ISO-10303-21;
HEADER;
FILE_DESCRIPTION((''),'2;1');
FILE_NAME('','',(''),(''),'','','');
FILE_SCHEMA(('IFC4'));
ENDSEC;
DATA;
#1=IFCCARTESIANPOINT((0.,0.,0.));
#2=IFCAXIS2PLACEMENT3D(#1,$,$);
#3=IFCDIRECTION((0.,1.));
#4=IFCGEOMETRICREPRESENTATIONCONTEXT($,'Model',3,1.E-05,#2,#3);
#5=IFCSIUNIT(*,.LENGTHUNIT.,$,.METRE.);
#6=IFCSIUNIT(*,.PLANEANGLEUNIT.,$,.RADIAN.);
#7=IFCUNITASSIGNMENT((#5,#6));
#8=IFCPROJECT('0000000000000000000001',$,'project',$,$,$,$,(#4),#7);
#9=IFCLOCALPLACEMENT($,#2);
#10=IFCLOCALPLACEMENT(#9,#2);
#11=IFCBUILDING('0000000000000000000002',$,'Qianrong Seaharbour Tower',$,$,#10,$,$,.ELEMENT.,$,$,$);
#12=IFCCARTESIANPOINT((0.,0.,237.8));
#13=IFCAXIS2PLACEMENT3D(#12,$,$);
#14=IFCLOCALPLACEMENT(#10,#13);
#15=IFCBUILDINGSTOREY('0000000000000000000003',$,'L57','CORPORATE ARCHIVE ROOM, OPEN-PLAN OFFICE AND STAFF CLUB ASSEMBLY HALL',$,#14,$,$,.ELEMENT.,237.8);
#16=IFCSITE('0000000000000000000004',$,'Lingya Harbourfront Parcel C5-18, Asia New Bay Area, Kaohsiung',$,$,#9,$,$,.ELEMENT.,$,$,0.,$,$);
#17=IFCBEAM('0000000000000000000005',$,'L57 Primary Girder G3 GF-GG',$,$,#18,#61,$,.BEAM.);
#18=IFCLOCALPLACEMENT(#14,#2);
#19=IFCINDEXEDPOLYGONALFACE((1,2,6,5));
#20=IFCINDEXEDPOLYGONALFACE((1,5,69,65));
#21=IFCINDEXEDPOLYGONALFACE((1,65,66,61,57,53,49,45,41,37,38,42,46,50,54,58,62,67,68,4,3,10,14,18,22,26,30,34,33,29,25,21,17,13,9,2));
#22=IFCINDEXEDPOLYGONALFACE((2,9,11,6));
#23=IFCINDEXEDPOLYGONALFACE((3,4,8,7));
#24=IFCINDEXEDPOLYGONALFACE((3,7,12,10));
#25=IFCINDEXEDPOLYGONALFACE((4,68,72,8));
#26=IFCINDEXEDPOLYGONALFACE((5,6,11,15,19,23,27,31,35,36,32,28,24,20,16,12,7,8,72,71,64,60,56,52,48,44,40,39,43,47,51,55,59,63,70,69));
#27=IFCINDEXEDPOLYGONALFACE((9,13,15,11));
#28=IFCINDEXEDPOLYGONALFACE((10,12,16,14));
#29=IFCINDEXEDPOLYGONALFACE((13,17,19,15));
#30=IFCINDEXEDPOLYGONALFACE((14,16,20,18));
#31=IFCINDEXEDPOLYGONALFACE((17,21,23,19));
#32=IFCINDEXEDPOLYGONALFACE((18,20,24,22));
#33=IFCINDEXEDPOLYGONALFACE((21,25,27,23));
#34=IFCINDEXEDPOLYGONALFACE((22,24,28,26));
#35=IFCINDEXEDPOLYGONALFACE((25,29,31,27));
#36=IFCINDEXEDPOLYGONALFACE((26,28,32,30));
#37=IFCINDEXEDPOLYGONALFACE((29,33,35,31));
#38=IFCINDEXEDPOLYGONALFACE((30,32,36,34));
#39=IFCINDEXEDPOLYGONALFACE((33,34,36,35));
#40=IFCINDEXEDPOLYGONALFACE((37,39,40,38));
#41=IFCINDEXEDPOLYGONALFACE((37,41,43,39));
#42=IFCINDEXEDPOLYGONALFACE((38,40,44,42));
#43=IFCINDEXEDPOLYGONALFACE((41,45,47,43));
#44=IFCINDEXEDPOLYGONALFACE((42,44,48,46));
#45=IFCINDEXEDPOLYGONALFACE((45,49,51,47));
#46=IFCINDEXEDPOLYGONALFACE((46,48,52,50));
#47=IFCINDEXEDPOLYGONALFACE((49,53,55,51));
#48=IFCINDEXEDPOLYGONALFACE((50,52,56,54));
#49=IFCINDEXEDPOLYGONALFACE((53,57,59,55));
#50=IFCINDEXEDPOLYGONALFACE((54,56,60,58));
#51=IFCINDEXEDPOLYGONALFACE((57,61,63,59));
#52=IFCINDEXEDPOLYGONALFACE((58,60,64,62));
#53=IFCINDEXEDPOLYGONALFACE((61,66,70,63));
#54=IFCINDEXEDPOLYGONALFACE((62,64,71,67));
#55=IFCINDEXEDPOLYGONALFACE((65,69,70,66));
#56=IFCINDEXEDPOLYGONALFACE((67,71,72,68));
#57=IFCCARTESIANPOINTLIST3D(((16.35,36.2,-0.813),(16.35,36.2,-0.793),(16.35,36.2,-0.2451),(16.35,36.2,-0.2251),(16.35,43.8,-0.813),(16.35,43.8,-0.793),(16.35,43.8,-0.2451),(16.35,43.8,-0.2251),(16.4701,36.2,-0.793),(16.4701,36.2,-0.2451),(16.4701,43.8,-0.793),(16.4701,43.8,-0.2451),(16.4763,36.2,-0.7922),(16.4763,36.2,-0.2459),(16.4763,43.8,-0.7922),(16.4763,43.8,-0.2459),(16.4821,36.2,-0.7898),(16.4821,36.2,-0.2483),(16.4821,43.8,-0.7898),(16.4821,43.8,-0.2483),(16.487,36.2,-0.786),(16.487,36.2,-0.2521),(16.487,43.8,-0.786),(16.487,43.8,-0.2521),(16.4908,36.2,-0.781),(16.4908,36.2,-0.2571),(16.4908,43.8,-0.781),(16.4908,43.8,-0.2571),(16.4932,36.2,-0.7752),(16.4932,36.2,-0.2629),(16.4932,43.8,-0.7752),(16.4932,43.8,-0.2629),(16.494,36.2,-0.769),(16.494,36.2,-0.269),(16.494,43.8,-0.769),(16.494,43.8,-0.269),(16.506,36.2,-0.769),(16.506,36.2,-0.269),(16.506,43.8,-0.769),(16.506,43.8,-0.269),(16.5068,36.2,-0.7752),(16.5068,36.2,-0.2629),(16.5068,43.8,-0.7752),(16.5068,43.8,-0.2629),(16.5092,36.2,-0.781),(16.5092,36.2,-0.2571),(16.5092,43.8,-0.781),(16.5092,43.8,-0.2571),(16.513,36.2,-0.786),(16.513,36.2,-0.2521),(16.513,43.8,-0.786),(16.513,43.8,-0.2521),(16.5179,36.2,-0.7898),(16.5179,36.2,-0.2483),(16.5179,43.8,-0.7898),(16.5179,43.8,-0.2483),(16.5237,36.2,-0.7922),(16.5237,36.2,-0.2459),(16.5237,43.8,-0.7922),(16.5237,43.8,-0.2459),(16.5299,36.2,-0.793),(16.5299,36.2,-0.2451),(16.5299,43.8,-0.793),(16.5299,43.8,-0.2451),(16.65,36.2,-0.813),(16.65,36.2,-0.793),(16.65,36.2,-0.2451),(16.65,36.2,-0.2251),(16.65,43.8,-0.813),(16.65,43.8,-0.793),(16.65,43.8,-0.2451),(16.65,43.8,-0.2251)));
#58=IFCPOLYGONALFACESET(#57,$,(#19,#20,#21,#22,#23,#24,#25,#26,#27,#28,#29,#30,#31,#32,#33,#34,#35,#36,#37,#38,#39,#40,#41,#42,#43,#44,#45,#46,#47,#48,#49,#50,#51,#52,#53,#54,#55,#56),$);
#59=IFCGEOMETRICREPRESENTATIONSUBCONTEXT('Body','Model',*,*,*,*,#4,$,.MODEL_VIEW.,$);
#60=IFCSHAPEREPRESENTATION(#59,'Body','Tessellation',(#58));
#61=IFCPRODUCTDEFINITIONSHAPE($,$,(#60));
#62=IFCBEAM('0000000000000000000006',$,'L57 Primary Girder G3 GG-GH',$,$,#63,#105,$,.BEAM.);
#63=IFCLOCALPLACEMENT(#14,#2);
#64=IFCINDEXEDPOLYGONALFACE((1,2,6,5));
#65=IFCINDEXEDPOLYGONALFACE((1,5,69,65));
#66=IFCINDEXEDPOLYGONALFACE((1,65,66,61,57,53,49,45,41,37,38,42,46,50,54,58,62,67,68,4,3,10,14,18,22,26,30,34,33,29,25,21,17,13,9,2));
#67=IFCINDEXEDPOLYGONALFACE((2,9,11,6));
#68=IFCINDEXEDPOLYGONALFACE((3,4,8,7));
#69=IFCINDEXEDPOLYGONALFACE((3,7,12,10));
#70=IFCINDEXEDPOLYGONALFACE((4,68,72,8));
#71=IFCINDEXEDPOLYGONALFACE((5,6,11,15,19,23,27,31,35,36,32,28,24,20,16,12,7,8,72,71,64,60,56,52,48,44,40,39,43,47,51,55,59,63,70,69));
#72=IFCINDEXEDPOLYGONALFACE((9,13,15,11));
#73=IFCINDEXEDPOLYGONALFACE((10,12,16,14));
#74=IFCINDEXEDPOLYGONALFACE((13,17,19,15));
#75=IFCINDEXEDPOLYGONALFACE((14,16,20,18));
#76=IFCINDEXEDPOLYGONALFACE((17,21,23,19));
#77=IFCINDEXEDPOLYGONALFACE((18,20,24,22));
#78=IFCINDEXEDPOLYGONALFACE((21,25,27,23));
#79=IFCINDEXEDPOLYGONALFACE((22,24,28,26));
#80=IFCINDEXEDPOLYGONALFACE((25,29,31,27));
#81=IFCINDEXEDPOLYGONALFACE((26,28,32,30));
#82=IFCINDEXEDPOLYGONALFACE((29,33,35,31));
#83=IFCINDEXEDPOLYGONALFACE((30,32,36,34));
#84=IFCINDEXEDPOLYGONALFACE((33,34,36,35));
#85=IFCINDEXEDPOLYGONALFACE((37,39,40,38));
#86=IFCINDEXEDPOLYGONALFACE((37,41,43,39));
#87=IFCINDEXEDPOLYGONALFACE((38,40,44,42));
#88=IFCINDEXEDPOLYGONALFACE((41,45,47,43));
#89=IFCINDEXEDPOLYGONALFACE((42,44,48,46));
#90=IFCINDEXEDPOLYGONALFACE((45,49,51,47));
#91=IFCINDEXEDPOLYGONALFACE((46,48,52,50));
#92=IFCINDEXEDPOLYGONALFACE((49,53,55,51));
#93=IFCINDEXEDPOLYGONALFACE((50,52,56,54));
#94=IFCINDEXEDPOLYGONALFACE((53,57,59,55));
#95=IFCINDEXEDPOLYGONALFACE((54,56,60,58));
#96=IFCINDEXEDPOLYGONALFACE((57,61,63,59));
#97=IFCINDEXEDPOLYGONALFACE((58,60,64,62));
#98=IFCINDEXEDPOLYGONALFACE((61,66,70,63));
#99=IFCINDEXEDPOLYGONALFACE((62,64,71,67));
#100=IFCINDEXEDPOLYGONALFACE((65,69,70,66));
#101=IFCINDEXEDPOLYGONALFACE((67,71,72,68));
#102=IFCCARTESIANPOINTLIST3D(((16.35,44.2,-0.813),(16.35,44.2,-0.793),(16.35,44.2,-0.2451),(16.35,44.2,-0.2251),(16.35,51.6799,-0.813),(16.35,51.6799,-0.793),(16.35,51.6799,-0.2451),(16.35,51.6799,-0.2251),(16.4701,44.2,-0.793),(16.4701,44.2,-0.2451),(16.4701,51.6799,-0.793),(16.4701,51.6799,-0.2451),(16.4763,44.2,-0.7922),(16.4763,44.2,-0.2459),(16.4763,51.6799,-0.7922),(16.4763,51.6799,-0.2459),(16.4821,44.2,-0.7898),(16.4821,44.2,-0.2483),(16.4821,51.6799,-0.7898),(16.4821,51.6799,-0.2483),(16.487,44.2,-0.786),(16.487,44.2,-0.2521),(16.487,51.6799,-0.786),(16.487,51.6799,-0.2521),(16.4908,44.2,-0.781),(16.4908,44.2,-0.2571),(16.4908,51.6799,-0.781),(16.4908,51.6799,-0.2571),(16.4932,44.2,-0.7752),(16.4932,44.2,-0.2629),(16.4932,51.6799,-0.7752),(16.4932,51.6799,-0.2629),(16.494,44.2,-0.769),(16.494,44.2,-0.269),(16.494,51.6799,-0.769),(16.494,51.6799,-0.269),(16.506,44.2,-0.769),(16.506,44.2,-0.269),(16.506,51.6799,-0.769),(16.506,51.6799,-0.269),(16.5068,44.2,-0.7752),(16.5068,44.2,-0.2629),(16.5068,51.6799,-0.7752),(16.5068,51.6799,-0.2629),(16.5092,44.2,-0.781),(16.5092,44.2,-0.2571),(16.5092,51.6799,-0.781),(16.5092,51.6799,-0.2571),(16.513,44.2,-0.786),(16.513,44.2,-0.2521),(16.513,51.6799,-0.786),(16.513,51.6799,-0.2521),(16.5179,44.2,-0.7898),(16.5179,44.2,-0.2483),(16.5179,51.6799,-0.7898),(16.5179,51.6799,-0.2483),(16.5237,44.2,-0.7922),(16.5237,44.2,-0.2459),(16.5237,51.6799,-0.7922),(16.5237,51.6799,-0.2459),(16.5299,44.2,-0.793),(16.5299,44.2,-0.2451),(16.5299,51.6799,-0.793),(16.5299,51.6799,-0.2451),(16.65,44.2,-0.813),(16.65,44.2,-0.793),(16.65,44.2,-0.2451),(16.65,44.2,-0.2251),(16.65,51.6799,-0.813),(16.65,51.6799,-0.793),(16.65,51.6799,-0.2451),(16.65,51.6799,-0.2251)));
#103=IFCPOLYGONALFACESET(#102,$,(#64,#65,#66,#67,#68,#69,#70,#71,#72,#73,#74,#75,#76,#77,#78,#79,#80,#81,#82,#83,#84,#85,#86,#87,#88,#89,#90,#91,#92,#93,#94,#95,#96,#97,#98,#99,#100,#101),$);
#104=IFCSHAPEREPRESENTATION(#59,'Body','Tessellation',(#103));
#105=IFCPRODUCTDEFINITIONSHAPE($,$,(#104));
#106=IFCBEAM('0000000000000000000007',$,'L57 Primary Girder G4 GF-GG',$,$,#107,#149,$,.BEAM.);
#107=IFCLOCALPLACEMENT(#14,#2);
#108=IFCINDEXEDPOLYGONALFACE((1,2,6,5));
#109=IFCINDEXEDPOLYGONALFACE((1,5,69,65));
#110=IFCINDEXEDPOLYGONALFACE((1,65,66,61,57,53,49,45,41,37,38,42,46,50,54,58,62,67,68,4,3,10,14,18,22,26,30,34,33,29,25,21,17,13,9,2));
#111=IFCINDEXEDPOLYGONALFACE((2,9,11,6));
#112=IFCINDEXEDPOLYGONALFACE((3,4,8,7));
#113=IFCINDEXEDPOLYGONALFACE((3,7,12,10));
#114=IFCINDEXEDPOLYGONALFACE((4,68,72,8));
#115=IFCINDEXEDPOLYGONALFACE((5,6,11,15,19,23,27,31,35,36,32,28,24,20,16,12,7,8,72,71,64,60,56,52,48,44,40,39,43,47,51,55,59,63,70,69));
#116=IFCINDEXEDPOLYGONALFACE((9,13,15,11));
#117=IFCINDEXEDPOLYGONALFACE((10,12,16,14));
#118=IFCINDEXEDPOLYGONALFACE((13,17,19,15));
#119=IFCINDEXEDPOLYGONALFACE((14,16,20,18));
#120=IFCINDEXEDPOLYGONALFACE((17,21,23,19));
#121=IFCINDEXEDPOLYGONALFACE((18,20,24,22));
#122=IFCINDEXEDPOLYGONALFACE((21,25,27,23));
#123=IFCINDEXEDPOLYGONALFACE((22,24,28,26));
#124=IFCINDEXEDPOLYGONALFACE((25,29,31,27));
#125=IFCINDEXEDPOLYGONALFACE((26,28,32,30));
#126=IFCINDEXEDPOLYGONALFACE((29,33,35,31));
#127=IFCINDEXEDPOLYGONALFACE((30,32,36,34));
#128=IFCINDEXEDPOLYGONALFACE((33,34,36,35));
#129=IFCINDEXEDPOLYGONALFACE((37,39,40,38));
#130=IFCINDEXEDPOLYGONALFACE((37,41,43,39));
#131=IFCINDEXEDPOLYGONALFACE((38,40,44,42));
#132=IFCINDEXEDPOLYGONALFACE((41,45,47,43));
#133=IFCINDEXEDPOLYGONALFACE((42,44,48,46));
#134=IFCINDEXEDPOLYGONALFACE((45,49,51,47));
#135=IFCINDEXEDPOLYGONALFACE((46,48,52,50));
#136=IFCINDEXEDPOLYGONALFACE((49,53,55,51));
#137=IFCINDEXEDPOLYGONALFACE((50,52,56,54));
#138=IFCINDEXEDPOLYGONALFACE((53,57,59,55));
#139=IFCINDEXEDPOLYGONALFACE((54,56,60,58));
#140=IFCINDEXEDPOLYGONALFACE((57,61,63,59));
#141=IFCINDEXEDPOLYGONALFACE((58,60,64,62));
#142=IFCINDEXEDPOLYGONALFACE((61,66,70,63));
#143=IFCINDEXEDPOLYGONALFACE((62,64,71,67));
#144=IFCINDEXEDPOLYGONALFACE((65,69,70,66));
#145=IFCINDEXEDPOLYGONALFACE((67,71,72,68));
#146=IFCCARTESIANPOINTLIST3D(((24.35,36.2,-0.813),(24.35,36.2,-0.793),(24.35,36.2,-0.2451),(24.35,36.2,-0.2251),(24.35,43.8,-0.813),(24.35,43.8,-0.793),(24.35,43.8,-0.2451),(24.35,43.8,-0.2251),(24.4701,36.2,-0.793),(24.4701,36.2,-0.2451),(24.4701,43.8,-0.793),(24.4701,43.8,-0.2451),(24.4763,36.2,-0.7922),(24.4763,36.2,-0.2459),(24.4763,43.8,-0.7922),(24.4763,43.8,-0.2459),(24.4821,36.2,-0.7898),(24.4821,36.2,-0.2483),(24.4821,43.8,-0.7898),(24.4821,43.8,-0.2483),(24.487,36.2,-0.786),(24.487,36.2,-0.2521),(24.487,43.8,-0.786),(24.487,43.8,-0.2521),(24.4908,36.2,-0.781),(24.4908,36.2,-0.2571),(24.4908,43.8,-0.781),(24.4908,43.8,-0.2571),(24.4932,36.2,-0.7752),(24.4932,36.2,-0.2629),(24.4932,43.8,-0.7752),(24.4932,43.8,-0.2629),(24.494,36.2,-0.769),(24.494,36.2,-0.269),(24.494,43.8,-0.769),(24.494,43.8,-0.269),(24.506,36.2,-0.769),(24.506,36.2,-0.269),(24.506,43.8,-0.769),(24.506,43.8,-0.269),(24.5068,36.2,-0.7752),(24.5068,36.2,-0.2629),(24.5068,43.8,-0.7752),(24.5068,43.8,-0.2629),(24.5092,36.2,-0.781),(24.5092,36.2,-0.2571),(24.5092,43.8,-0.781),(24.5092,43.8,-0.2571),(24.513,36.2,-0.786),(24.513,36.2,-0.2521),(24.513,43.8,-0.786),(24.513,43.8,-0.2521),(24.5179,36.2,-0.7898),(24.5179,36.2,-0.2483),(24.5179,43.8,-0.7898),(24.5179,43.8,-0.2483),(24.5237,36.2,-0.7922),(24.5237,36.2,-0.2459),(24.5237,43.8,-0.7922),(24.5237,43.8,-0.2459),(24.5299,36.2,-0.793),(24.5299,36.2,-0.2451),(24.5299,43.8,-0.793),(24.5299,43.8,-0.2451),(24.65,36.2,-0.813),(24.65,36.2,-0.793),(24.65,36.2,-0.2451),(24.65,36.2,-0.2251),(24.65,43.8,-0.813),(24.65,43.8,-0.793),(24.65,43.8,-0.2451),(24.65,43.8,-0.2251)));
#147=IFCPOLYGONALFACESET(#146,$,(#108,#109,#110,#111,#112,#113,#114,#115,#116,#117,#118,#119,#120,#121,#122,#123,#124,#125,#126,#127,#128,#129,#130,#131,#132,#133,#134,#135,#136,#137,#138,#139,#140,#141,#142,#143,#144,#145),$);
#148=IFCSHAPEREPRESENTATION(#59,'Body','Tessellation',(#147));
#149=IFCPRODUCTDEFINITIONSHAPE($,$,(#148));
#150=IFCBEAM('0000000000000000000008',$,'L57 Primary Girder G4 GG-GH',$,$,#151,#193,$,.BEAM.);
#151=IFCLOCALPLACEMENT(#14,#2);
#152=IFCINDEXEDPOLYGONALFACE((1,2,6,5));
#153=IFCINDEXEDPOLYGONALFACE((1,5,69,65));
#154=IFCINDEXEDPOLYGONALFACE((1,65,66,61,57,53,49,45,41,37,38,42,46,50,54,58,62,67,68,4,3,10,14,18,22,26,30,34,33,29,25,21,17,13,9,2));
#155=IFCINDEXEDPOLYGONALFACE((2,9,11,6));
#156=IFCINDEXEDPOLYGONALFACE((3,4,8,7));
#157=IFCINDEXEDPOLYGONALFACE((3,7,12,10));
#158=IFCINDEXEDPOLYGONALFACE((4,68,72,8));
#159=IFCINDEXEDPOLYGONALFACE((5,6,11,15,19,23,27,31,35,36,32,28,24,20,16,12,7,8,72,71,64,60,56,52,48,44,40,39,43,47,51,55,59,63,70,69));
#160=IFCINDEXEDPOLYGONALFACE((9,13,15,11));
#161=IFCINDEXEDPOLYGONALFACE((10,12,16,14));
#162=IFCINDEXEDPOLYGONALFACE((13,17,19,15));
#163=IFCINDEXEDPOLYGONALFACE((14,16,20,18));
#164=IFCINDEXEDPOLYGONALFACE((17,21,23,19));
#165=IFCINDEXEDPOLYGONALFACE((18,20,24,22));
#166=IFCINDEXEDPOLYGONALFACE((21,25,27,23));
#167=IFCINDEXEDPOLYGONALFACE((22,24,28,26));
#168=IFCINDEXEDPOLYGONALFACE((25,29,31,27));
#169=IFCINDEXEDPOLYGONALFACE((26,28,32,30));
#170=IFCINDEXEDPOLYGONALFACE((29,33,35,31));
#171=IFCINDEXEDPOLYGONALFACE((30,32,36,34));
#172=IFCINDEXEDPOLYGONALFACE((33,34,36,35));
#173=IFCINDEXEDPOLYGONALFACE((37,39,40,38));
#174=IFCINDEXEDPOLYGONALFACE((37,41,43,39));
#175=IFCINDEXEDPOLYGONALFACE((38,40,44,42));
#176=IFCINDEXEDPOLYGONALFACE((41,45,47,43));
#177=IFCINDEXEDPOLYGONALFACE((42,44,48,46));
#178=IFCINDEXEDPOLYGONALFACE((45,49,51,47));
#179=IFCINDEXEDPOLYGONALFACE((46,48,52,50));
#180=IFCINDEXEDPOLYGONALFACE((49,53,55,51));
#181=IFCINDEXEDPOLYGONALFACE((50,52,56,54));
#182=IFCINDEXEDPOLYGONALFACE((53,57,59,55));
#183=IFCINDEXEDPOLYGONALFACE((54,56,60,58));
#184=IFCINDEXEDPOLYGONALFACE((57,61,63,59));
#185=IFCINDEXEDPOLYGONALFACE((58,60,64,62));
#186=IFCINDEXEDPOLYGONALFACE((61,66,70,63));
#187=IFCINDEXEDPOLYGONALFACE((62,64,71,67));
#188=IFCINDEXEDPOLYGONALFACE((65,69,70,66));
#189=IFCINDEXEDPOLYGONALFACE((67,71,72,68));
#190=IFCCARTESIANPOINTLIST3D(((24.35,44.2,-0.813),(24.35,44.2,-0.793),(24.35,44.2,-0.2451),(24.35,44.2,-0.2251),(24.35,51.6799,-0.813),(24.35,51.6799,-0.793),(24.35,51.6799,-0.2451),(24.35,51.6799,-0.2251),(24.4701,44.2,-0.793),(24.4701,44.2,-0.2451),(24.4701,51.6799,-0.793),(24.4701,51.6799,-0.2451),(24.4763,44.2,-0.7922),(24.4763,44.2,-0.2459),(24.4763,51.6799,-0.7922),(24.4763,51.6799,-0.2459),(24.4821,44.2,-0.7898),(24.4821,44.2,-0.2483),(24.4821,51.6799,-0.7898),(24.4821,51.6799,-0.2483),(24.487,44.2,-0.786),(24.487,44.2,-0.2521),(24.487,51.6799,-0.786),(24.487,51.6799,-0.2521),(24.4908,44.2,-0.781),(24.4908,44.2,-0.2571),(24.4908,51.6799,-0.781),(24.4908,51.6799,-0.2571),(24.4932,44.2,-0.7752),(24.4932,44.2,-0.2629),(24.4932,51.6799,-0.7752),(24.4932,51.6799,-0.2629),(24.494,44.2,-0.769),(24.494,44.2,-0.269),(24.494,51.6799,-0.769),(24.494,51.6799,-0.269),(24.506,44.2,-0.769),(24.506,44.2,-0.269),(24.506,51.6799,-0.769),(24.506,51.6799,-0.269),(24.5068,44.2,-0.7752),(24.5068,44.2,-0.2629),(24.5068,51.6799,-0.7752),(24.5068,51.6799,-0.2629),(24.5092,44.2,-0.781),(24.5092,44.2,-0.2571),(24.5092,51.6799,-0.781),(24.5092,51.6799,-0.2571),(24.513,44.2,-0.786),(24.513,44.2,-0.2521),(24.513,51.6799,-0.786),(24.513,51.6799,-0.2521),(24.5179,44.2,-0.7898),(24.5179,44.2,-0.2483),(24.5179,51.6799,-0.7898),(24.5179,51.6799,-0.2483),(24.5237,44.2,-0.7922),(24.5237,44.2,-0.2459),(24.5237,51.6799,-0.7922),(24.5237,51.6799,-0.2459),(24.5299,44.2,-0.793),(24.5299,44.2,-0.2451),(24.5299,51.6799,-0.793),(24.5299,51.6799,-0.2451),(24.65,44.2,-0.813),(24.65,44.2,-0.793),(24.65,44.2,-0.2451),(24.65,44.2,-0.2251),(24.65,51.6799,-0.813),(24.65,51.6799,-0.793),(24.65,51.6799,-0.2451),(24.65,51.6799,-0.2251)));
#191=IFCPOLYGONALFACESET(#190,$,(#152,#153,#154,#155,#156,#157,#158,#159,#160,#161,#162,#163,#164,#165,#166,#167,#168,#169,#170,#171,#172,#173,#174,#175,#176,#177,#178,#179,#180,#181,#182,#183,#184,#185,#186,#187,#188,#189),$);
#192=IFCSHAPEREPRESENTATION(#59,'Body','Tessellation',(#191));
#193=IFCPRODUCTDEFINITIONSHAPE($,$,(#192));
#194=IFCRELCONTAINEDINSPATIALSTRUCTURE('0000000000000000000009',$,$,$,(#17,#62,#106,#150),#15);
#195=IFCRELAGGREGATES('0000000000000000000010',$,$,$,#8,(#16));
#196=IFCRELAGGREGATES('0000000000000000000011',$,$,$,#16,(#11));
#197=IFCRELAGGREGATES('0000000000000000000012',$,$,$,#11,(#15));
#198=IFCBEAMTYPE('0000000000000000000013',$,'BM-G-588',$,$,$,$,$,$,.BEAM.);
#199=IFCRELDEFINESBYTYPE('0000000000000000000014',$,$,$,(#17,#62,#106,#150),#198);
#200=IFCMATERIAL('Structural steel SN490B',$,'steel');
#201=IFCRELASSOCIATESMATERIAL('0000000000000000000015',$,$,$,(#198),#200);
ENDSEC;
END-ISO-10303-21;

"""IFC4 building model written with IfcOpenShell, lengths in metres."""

from ifc_helpers import new_model, si_unit, direction, frame, origin, origin_2d, place, context, subcontext, project, spatial, i_section, extrude, material, material_profile, profile_set, type_object, element, save


model = new_model("IFC4")

# Units and contexts
model_context = context("Model", 3, precision=1e-05, world=origin(), true_north=direction((0.0, 1.0)))
body_context = subcontext(model_context, "Body", "Model", "MODEL_VIEW")
ifc_project = project(units=[si_unit("LENGTHUNIT", "METRE"), si_unit("PLANEANGLEUNIT", "RADIAN")], contexts=[model_context])

# Site, building, storey
site_placement = place(None, origin())
site = spatial("IfcSite", under=ifc_project, at=site_placement, Name="Lingya Harbourfront Parcel C5-18, Asia New Bay Area, Kaohsiung", CompositionType="ELEMENT", RefElevation=0.0)
building_placement = place(site_placement, origin())
building = spatial("IfcBuilding", under=site, at=building_placement, Name="Qianrong Seaharbour Tower", CompositionType="ELEMENT")
storey_placement = place(building_placement, frame((0.0, 0.0, 237.8)))
storey = spatial("IfcBuildingStorey", under=building, at=storey_placement, Name="L57", Description="CORPORATE ARCHIVE ROOM, OPEN-PLAN OFFICE AND STAFF CLUB ASSEMBLY HALL", CompositionType="ELEMENT", Elevation=237.8)

# Shared definitions
ifc_material_1 = material(Name="Structural steel SN490B", Category="steel")

# Beams
ifc_material_profile_1 = material_profile(ifc_material_1, i_section(OverallWidth=0.3, OverallDepth=0.5879, WebThickness=0.012, FlangeThickness=0.02, FilletRadius=0.0239, at=origin_2d()), Name="H588x300x12x20")
ifc_profile_set_1 = profile_set([ifc_material_profile_1], Name="Structural steel SN490B")
beam_type_1 = type_object("IfcBeamType", Name="BM-G-588", PredefinedType="BEAM", material=ifc_profile_set_1)
for number, where, z_axis, x_axis, name in (
    (1, (16.5, 36.2, -0.519), (0.0, 1.0, 0.0), (-1.0, 0.0, 0.0), "L57 Primary Girder G3 GF-GG"),
):
    element("IfcBeam", number, at=place(storey_placement, frame(where, z_axis=z_axis, x_axis=x_axis)), inside=storey, type_object=beam_type_1, Name=name, PredefinedType="BEAM", context=body_context, shape_type="SweptSolid", body=[
        extrude(i_section(OverallWidth=0.3, OverallDepth=0.5879, WebThickness=0.012, FlangeThickness=0.02, FilletRadius=0.0239, at=origin_2d()), origin(), (0.0, 0.0, 1.0), 7.6001),
    ])
beam_1_placement = place(storey_placement, frame((16.5, 44.2, -0.519), z_axis=(0.0, 1.0, 0.0), x_axis=(-1.0, 0.0, 0.0)))
element("IfcBeam", 2, at=beam_1_placement, inside=storey, type_object=beam_type_1, Name="L57 Primary Girder G3 GG-GH", PredefinedType="BEAM", context=body_context, shape_type="SweptSolid", body=[
    extrude(i_section(OverallWidth=0.3, OverallDepth=0.5879, WebThickness=0.012, FlangeThickness=0.02, FilletRadius=0.0239, at=origin_2d()), origin(), (0.0, 0.0, 1.0), 7.48),
])
beam_2_placement = place(storey_placement, frame((24.5, 36.2, -0.519), z_axis=(0.0, 1.0, 0.0), x_axis=(-1.0, 0.0, 0.0)))
element("IfcBeam", 3, at=beam_2_placement, inside=storey, type_object=beam_type_1, Name="L57 Primary Girder G4 GF-GG", PredefinedType="BEAM", context=body_context, shape_type="SweptSolid", body=[
    extrude(i_section(OverallWidth=0.3, OverallDepth=0.5879, WebThickness=0.012, FlangeThickness=0.02, FilletRadius=0.0239, at=origin_2d()), origin(), (0.0, 0.0, 1.0), 7.6001),
])
beam_3_placement = place(storey_placement, frame((24.5, 44.2, -0.519), z_axis=(0.0, 1.0, 0.0), x_axis=(-1.0, 0.0, 0.0)))
element("IfcBeam", 4, at=beam_3_placement, inside=storey, type_object=beam_type_1, Name="L57 Primary Girder G4 GG-GH", PredefinedType="BEAM", context=body_context, shape_type="SweptSolid", body=[
    extrude(i_section(OverallWidth=0.3, OverallDepth=0.5879, WebThickness=0.012, FlangeThickness=0.02, FilletRadius=0.0239, at=origin_2d()), origin(), (0.0, 0.0, 1.0), 7.48),
])

save(model, "model.ifc")
